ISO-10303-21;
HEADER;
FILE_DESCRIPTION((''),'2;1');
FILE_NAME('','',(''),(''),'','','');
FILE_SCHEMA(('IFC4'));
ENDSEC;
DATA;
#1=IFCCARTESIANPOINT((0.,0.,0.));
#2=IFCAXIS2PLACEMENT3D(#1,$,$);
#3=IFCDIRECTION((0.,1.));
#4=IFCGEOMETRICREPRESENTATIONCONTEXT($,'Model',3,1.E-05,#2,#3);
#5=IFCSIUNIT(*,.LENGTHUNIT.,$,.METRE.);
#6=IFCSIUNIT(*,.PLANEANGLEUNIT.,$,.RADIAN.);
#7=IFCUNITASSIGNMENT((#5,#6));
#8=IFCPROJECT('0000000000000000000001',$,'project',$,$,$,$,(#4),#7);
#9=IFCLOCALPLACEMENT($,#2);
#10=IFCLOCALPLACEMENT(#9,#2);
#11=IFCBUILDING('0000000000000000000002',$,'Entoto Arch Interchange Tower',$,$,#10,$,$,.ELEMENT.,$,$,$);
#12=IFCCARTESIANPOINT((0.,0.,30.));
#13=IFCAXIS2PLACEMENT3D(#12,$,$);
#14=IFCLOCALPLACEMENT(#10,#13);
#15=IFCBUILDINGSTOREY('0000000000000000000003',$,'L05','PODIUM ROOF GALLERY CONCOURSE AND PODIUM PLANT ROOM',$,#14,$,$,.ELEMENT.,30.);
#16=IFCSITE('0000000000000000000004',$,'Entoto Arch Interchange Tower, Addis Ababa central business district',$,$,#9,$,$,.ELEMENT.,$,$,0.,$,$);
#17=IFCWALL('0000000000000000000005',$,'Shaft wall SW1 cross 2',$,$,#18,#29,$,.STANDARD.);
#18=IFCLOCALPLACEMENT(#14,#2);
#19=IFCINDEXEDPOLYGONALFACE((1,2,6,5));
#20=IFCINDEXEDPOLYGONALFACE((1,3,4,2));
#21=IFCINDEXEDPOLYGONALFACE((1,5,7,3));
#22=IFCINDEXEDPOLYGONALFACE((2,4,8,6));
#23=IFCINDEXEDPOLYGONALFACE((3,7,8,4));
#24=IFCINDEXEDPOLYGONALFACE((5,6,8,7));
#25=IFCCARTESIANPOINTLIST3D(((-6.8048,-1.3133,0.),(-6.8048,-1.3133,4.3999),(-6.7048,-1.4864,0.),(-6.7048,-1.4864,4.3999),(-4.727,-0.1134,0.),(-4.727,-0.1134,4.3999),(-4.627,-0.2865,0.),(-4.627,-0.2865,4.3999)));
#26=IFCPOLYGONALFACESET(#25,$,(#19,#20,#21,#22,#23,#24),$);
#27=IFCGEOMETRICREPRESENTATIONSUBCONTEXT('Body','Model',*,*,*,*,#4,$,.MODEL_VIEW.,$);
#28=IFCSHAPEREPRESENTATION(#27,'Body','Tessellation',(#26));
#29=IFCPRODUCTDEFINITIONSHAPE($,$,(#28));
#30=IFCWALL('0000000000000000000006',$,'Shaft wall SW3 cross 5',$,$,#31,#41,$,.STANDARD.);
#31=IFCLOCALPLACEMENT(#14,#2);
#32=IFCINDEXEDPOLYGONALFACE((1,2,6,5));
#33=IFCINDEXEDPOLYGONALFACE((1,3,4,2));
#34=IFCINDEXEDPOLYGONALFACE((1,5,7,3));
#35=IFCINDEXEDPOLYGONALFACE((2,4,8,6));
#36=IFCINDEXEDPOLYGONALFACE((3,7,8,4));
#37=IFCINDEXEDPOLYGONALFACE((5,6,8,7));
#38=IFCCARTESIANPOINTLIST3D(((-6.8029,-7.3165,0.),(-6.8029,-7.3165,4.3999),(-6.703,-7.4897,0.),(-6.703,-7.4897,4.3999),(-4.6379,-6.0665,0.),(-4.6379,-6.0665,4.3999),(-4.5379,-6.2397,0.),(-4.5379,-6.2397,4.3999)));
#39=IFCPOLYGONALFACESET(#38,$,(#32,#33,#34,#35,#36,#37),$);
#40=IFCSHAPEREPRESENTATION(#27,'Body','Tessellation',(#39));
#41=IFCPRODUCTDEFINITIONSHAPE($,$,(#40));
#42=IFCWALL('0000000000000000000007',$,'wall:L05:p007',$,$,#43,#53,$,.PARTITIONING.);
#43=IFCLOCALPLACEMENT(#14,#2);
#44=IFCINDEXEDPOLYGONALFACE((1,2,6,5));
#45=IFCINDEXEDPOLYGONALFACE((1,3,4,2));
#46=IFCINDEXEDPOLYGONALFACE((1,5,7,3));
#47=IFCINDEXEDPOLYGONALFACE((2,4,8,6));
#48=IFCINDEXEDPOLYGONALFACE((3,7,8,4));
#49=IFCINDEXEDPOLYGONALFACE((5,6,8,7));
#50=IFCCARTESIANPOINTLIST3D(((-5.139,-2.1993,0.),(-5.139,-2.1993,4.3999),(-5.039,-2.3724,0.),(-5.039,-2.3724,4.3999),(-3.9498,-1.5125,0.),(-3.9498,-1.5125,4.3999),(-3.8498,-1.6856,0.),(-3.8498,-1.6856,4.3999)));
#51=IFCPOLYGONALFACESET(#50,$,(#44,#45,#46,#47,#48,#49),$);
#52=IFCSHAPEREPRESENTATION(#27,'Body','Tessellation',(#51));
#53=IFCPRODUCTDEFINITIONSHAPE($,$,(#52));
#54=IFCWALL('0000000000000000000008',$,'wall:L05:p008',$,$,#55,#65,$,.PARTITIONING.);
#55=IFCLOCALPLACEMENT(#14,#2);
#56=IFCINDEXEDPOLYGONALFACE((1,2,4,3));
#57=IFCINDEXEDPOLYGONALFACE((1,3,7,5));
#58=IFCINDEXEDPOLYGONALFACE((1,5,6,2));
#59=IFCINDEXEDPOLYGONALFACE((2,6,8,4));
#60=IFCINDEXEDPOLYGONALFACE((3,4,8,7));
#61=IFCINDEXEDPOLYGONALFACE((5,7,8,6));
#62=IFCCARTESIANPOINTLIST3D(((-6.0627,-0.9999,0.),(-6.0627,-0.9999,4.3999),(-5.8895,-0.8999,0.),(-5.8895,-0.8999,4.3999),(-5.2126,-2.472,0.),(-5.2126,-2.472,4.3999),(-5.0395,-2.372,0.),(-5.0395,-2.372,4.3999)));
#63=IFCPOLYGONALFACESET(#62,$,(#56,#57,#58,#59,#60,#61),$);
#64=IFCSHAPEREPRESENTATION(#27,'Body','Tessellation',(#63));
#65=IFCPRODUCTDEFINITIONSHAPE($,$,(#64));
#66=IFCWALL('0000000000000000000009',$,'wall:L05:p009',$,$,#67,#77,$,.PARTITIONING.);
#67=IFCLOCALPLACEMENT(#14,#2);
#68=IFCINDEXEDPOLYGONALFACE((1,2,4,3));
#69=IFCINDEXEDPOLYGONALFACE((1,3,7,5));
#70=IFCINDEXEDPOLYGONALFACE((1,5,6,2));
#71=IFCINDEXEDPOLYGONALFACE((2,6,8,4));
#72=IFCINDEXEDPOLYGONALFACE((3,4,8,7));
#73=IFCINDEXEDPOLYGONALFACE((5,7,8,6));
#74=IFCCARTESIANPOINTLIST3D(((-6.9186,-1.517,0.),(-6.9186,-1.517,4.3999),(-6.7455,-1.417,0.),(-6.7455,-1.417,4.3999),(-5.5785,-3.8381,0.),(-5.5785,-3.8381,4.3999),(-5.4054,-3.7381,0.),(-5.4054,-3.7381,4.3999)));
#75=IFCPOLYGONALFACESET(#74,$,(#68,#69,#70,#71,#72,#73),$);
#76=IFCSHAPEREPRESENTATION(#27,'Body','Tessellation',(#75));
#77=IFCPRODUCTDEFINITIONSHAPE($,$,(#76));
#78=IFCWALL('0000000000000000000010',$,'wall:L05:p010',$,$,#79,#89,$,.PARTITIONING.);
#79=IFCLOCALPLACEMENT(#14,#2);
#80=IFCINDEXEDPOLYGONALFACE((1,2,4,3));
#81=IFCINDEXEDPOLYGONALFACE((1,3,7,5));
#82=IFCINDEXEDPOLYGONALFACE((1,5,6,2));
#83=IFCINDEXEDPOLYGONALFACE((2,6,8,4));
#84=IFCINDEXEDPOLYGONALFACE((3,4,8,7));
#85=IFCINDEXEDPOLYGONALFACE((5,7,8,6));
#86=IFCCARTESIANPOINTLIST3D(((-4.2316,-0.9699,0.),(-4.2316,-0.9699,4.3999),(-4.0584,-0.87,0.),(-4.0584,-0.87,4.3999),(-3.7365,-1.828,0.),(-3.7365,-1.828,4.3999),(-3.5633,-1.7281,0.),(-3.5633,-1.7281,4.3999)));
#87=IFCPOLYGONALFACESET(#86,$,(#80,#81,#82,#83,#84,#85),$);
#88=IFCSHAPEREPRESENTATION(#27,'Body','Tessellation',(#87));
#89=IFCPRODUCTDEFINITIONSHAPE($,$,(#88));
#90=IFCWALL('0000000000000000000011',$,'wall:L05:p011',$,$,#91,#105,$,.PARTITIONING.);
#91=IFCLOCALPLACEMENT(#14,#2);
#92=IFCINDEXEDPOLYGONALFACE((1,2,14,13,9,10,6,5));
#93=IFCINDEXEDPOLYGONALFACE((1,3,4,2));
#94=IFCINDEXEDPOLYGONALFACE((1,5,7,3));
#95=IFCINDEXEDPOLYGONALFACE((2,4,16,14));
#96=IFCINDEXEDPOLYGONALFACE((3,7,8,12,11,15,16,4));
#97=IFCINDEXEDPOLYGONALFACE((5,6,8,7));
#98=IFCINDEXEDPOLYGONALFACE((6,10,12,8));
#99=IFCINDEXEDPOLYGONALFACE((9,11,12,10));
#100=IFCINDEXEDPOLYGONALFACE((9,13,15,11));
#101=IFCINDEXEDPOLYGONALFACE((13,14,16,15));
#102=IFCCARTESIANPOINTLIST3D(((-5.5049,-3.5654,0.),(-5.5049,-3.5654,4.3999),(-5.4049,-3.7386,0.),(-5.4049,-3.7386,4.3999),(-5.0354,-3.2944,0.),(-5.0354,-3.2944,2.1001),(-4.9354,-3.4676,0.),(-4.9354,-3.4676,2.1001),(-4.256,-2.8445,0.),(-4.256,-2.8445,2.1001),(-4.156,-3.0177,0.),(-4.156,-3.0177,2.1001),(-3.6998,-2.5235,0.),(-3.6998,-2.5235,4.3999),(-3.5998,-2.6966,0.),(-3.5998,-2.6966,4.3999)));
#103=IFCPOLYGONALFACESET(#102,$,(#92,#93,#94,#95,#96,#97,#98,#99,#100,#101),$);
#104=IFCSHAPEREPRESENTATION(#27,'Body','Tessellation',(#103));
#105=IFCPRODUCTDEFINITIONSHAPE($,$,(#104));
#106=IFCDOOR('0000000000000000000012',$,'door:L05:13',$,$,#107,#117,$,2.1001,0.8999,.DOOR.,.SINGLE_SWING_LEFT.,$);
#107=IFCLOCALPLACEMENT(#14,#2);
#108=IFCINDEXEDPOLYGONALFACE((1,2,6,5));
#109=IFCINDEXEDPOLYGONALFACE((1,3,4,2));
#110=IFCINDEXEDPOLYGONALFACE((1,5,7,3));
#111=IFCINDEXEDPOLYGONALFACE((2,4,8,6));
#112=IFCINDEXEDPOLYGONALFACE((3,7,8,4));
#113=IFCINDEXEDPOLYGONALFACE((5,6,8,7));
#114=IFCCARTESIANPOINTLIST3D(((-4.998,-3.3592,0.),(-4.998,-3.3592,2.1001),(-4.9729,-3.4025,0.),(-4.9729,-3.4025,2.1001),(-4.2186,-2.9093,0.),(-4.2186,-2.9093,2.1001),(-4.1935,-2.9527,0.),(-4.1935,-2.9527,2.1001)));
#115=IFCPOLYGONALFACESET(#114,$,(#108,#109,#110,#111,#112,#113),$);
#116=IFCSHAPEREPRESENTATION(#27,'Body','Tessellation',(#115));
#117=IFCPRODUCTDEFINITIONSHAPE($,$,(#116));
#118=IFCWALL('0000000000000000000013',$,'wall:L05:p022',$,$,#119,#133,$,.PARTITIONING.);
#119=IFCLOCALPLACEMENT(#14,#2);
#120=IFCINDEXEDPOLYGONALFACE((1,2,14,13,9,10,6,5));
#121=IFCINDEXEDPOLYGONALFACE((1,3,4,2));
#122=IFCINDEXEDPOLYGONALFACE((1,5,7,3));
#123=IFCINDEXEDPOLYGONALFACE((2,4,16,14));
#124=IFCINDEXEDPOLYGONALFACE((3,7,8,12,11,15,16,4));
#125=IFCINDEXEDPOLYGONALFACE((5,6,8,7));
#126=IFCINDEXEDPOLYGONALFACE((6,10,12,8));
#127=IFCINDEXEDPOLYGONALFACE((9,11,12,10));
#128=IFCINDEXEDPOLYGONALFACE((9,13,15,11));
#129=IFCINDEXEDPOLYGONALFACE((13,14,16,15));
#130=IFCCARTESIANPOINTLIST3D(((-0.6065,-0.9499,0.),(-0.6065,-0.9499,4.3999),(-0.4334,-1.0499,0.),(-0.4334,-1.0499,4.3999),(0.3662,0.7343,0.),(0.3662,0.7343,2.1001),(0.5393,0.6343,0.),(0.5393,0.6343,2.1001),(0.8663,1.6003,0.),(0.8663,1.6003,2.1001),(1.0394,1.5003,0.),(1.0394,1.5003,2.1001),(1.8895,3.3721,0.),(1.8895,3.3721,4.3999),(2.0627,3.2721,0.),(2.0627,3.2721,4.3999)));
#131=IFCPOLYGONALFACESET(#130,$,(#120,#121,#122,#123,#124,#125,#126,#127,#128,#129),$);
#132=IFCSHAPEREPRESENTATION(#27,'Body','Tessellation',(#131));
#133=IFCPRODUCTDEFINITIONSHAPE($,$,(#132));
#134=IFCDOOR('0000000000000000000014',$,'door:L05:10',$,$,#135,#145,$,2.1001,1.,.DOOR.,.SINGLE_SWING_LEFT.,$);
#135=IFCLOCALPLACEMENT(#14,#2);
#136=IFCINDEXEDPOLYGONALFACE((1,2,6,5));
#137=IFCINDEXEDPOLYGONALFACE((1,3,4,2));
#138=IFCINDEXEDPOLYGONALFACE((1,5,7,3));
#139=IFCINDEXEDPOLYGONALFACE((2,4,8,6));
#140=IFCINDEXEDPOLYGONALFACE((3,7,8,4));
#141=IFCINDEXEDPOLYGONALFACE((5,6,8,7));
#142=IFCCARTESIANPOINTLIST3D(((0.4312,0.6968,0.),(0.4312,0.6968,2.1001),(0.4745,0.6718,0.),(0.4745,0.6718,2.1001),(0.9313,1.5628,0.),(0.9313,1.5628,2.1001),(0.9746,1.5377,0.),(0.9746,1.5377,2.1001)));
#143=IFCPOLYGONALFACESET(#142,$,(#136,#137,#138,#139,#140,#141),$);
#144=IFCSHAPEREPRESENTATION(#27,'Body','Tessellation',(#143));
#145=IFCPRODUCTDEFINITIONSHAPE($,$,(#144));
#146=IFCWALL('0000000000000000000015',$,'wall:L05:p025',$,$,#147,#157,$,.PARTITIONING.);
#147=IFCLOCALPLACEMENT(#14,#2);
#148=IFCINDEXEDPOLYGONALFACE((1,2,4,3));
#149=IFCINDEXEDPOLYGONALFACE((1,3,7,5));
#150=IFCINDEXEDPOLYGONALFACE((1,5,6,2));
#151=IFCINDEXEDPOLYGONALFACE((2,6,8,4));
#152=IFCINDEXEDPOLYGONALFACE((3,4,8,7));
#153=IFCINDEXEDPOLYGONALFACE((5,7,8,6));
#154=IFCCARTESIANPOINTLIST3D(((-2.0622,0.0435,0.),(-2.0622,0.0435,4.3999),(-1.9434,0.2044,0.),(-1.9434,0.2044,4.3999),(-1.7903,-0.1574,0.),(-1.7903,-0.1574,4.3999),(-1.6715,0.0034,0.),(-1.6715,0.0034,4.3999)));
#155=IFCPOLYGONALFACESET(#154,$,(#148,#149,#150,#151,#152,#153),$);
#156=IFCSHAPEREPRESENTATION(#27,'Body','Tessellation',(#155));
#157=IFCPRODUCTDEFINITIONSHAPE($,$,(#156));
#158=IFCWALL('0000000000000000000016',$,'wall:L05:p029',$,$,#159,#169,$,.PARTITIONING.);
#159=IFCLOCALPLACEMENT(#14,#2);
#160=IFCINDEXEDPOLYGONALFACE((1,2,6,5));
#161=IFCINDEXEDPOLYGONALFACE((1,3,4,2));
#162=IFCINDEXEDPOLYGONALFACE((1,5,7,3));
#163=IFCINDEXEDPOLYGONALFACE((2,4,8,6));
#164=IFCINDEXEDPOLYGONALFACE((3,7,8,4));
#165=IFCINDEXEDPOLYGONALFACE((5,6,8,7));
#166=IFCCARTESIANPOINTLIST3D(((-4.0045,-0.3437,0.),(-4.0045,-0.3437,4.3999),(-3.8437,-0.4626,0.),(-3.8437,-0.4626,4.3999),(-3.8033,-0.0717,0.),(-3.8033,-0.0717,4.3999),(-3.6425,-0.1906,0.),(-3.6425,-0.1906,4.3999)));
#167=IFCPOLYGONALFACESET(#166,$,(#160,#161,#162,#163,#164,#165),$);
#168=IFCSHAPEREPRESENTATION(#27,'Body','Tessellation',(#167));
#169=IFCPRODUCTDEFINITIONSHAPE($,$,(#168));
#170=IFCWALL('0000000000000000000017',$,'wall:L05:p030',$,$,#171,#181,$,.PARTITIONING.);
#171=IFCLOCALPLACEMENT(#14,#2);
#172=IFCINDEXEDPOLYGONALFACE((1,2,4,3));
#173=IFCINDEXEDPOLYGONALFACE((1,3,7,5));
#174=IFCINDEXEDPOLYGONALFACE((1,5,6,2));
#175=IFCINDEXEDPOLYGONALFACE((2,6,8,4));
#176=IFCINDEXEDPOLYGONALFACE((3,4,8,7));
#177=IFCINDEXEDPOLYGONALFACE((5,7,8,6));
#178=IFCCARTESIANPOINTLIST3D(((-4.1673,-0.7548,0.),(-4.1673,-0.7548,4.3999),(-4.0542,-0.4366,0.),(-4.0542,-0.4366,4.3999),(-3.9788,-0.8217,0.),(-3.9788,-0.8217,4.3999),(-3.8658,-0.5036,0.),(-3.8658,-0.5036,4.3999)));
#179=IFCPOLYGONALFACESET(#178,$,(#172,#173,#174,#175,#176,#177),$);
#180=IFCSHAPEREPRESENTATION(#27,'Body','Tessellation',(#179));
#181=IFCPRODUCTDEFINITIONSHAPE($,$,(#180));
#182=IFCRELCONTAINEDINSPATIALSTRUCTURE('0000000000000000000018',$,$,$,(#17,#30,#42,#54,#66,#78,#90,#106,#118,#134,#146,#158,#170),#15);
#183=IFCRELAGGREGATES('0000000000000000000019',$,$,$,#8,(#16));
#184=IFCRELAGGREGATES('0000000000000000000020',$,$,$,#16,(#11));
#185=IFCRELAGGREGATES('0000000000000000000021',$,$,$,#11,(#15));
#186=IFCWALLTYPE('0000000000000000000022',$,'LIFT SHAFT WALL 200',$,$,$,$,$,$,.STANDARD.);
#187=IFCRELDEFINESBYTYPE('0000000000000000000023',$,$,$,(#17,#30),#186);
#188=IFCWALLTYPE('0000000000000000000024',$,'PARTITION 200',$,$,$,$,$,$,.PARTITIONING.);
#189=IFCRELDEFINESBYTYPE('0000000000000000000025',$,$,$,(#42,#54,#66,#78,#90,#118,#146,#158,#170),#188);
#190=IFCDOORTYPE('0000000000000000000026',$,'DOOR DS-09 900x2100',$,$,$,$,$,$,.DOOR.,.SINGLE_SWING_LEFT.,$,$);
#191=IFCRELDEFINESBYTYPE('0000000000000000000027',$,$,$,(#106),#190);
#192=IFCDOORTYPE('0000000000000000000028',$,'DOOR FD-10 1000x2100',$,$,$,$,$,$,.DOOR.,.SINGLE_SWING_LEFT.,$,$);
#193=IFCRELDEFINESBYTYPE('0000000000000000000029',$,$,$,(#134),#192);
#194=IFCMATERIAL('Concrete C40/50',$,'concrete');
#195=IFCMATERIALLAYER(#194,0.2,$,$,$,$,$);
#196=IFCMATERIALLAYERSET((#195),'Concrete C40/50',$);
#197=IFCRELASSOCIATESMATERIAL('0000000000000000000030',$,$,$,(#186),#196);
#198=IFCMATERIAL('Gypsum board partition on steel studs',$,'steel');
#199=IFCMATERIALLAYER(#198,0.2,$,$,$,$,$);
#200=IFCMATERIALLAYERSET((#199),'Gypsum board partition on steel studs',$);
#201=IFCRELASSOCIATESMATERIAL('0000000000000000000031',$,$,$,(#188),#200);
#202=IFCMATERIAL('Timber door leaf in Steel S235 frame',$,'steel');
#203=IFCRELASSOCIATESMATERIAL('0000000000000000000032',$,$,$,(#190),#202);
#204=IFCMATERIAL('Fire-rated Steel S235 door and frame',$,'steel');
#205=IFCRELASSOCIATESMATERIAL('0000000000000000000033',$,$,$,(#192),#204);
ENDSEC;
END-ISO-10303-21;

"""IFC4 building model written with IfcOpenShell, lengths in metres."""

from ifc_helpers import new_model, si_unit, direction, frame, frame_2d, origin, place, context, subcontext, project, spatial, rectangle, extrude, material, layer, layer_set, type_object, element, fill, save


model = new_model("IFC4")

# Units and contexts
model_context = context("Model", 3, precision=1e-05, world=origin(), true_north=direction((0.0, 1.0)))
body_context = subcontext(model_context, "Body", "Model", "MODEL_VIEW")
ifc_project = project(units=[si_unit("LENGTHUNIT", "METRE"), si_unit("PLANEANGLEUNIT", "RADIAN")], contexts=[model_context])

# Site, building, storey
site_placement = place(None, origin())
site = spatial("IfcSite", under=ifc_project, at=site_placement, Name="Entoto Arch Interchange Tower, Addis Ababa central business district", CompositionType="ELEMENT", RefElevation=0.0)
building_placement = place(site_placement, origin())
building = spatial("IfcBuilding", under=site, at=building_placement, Name="Entoto Arch Interchange Tower", CompositionType="ELEMENT")
storey_placement = place(building_placement, frame((0.0, 0.0, 30.0)))
storey = spatial("IfcBuildingStorey", under=building, at=storey_placement, Name="L05", Description="PODIUM ROOF GALLERY CONCOURSE AND PODIUM PLANT ROOM", CompositionType="ELEMENT", Elevation=30.0)

# Walls
ifc_material_1 = material(Name="Concrete C40/50", Category="concrete")
ifc_layer_1 = layer(ifc_material_1, 0.2)
ifc_layer_set_1 = layer_set([ifc_layer_1], Name="Concrete C40/50")
wall_type_1 = type_object("IfcWallType", Name="LIFT SHAFT WALL 200", PredefinedType="STANDARD", material=ifc_layer_set_1)
wall_1_placement = place(storey_placement, frame((-4.677, -0.2, 0.0), z_axis=(0.0, 0.0, 1.0), x_axis=(-0.865974, -0.500089, 0.0)))
element("IfcWall", 1, at=wall_1_placement, inside=storey, type_object=wall_type_1, Name="Shaft wall SW1 cross 2", PredefinedType="STANDARD", context=body_context, shape_type="SweptSolid", body=[
    extrude(rectangle(XDim=2.3994, YDim=0.2, at=frame_2d((1.1997, 0.0))), origin(), (0.0, 0.0, 1.0), 4.3999),
])
wall_2_placement = place(storey_placement, frame((-4.5879, -6.1531, 0.0), z_axis=(0.0, 0.0, 1.0), x_axis=(-0.866023, -0.500004, 0.0)))
element("IfcWall", 2, at=wall_2_placement, inside=storey, type_object=wall_type_1, Name="Shaft wall SW3 cross 5", PredefinedType="STANDARD", context=body_context, shape_type="SweptSolid", body=[
    extrude(rectangle(XDim=2.5, YDim=0.2, at=frame_2d((1.25, 0.0))), origin(), (0.0, 0.0, 1.0), 4.3999),
])
ifc_material_2 = material(Name="Gypsum board partition on steel studs", Category="steel")
ifc_layer_2 = layer(ifc_material_2, 0.2)
ifc_layer_set_2 = layer_set([ifc_layer_2], Name="Gypsum board partition on steel studs")
wall_type_2 = type_object("IfcWallType", Name="PARTITION 200", PredefinedType="PARTITIONING", material=ifc_layer_set_2)
wall_3_placement = place(storey_placement, frame((-3.8999, -1.5991, 0.0), z_axis=(0.0, 0.0, 1.0), x_axis=(-0.865969, -0.500097, 0.0)))
element("IfcWall", 3, at=wall_3_placement, inside=storey, type_object=wall_type_2, Name="wall:L05:p007", PredefinedType="PARTITIONING", context=body_context, shape_type="SweptSolid", body=[
    extrude(rectangle(XDim=1.3733, YDim=0.2, at=frame_2d((0.6865, 0.0))), origin(), (0.0, 0.0, 1.0), 4.3999),
])
wall_4_placement = place(storey_placement, frame((-5.126, -2.4221, 0.0), z_axis=(0.0, 0.0, 1.0), x_axis=(-0.500062, 0.865989, 0.0)))
element("IfcWall", 4, at=wall_4_placement, inside=storey, type_object=wall_type_2, Name="wall:L05:p008", PredefinedType="PARTITIONING", context=body_context, shape_type="SweptSolid", body=[
    extrude(rectangle(XDim=1.7, YDim=0.2, at=frame_2d((0.8501, 0.0))), origin(), (0.0, 0.0, 1.0), 4.3999),
])
wall_5_placement = place(storey_placement, frame((-5.4919, -3.7881, 0.0), z_axis=(0.0, 0.0, 1.0), x_axis=(-0.500009, 0.86602, 0.0)))
element("IfcWall", 5, at=wall_5_placement, inside=storey, type_object=wall_type_2, Name="wall:L05:p009", PredefinedType="PARTITIONING", context=body_context, shape_type="SweptSolid", body=[
    extrude(rectangle(XDim=2.6802, YDim=0.2, at=frame_2d((1.3401, 0.0))), origin(), (0.0, 0.0, 1.0), 4.3999),
])
wall_6_placement = place(storey_placement, frame((-4.145, -0.9199, 0.0), z_axis=(0.0, 0.0, 1.0), x_axis=(0.499744, -0.866173, 0.0)))
element("IfcWall", 6, at=wall_6_placement, inside=storey, type_object=wall_type_2, Name="wall:L05:p010", PredefinedType="PARTITIONING", context=body_context, shape_type="SweptSolid", body=[
    extrude(rectangle(XDim=0.9907, YDim=0.2, at=frame_2d((0.4954, 0.0))), origin(), (0.0, 0.0, 1.0), 4.3999),
])

# Walls, openings, doors
wall_7_placement = place(storey_placement, frame((-3.6499, -2.6101, 0.0), z_axis=(0.0, 0.0, 1.0), x_axis=(-0.866072, -0.499918, 0.0)))
wall_7 = element("IfcWall", 7, at=wall_7_placement, inside=storey, type_object=wall_type_2, Name="wall:L05:p011", PredefinedType="PARTITIONING", context=body_context, shape_type="SweptSolid", body=[
    extrude(rectangle(XDim=2.0842, YDim=0.2, at=frame_2d((1.042, 0.0))), origin(), (0.0, 0.0, 1.0), 4.3999),
])
opening_1_placement = place(wall_7_placement, frame((0.6421, 0.0, 0.0)))
opening_1 = element("IfcOpeningElement", 8, at=opening_1_placement, cuts=wall_7, PredefinedType="OPENING", context=body_context, shape_type="SweptSolid", body=[
    extrude(rectangle(XDim=0.8999, YDim=2.1001, at=frame_2d((0.45, 1.05))), frame((0.0, 0.1099, 0.0), z_axis=(0.0, -1.0, 0.0), x_axis=(1.0, 0.0, 0.0)), (0.0, 0.0, 1.0), 0.22),
])
ifc_material_3 = material(Name="Timber door leaf in Steel S235 frame", Category="steel")
door_type_1 = type_object("IfcDoorType", Name="DOOR DS-09 900x2100", OperationType="SINGLE_SWING_LEFT", PredefinedType="DOOR", material=ifc_material_3)
door_1_placement = place(opening_1_placement, origin())
door_1 = element("IfcDoor", 9, at=door_1_placement, inside=storey, type_object=door_type_1, Name="door:L05:13", OperationType="SINGLE_SWING_LEFT", OverallHeight=2.1001, OverallWidth=0.8999, PredefinedType="DOOR", context=body_context, shape_type="SweptSolid", body=[
    extrude(rectangle(XDim=0.8999, YDim=2.1001, at=frame_2d((0.45, 1.05))), frame((0.0, 0.0249, 0.0), z_axis=(0.0, -1.0, 0.0), x_axis=(1.0, 0.0, 0.0)), (0.0, 0.0, 1.0), 0.05),
])
fill(opening_1, door_1)
wall_8_placement = place(storey_placement, frame((-0.52, -1.0, 0.0), z_axis=(0.0, 0.0, 1.0), x_axis=(0.500116, 0.865958, 0.0)))
wall_8 = element("IfcWall", 10, at=wall_8_placement, inside=storey, type_object=wall_type_2, Name="wall:L05:p022", PredefinedType="PARTITIONING", context=body_context, shape_type="SweptSolid", body=[
    extrude(rectangle(XDim=4.991, YDim=0.2, at=frame_2d((2.4956, 0.0))), origin(), (0.0, 0.0, 1.0), 4.3999),
])
opening_2_placement = place(wall_8_placement, frame((1.9451, 0.0, 0.0)))
opening_2 = element("IfcOpeningElement", 11, at=opening_2_placement, cuts=wall_8, PredefinedType="OPENING", context=body_context, shape_type="SweptSolid", body=[
    extrude(rectangle(XDim=1.0, YDim=2.1001, at=frame_2d((0.5, 1.05))), frame((0.0, 0.1099, 0.0), z_axis=(0.0, -1.0, 0.0), x_axis=(1.0, 0.0, 0.0)), (0.0, 0.0, 1.0), 0.22),
])
ifc_material_4 = material(Name="Fire-rated Steel S235 door and frame", Category="steel")
door_type_2 = type_object("IfcDoorType", Name="DOOR FD-10 1000x2100", OperationType="SINGLE_SWING_LEFT", PredefinedType="DOOR", material=ifc_material_4)
door_2_placement = place(opening_2_placement, origin())
door_2 = element("IfcDoor", 12, at=door_2_placement, inside=storey, type_object=door_type_2, Name="door:L05:10", OperationType="SINGLE_SWING_LEFT", OverallHeight=2.1001, OverallWidth=1.0, PredefinedType="DOOR", context=body_context, shape_type="SweptSolid", body=[
    extrude(rectangle(XDim=1.0, YDim=2.1001, at=frame_2d((0.5, 1.05))), frame((0.0, 0.0249, 0.0), z_axis=(0.0, -1.0, 0.0), x_axis=(1.0, 0.0, 0.0)), (0.0, 0.0, 1.0), 0.05),
])
fill(opening_2, door_2)

# Walls
wall_9_placement = place(storey_placement, frame((-1.731, -0.0769, 0.0), z_axis=(0.0, 0.0, 1.0), x_axis=(-0.804311, 0.594208, 0.0)))
element("IfcWall", 13, at=wall_9_placement, inside=storey, type_object=wall_type_2, Name="wall:L05:p025", PredefinedType="PARTITIONING", context=body_context, shape_type="SweptSolid", body=[
    extrude(rectangle(XDim=0.3381, YDim=0.2, at=frame_2d((0.1689, 0.0))), origin(), (0.0, 0.0, 1.0), 4.3999),
])
wall_10_placement = place(storey_placement, frame((-3.7229, -0.1311, 0.0), z_axis=(0.0, 0.0, 1.0), x_axis=(-0.594675, -0.803966, 0.0)))
element("IfcWall", 14, at=wall_10_placement, inside=storey, type_object=wall_type_2, Name="wall:L05:p029", PredefinedType="PARTITIONING", context=body_context, shape_type="SweptSolid", body=[
    extrude(rectangle(XDim=0.3384, YDim=0.2, at=frame_2d((0.1692, 0.0))), origin(), (0.0, 0.0, 1.0), 4.3999),
])
wall_11_placement = place(storey_placement, frame((-3.96, -0.47, 0.0), z_axis=(0.0, 0.0, 1.0), x_axis=(-0.334824, -0.942281, 0.0)))
element("IfcWall", 15, at=wall_11_placement, inside=storey, type_object=wall_type_2, Name="wall:L05:p030", PredefinedType="PARTITIONING", context=body_context, shape_type="SweptSolid", body=[
    extrude(rectangle(XDim=0.3376, YDim=0.2, at=frame_2d((0.1689, 0.0))), origin(), (0.0, 0.0, 1.0), 4.3999),
])

save(model, "model.ifc")
